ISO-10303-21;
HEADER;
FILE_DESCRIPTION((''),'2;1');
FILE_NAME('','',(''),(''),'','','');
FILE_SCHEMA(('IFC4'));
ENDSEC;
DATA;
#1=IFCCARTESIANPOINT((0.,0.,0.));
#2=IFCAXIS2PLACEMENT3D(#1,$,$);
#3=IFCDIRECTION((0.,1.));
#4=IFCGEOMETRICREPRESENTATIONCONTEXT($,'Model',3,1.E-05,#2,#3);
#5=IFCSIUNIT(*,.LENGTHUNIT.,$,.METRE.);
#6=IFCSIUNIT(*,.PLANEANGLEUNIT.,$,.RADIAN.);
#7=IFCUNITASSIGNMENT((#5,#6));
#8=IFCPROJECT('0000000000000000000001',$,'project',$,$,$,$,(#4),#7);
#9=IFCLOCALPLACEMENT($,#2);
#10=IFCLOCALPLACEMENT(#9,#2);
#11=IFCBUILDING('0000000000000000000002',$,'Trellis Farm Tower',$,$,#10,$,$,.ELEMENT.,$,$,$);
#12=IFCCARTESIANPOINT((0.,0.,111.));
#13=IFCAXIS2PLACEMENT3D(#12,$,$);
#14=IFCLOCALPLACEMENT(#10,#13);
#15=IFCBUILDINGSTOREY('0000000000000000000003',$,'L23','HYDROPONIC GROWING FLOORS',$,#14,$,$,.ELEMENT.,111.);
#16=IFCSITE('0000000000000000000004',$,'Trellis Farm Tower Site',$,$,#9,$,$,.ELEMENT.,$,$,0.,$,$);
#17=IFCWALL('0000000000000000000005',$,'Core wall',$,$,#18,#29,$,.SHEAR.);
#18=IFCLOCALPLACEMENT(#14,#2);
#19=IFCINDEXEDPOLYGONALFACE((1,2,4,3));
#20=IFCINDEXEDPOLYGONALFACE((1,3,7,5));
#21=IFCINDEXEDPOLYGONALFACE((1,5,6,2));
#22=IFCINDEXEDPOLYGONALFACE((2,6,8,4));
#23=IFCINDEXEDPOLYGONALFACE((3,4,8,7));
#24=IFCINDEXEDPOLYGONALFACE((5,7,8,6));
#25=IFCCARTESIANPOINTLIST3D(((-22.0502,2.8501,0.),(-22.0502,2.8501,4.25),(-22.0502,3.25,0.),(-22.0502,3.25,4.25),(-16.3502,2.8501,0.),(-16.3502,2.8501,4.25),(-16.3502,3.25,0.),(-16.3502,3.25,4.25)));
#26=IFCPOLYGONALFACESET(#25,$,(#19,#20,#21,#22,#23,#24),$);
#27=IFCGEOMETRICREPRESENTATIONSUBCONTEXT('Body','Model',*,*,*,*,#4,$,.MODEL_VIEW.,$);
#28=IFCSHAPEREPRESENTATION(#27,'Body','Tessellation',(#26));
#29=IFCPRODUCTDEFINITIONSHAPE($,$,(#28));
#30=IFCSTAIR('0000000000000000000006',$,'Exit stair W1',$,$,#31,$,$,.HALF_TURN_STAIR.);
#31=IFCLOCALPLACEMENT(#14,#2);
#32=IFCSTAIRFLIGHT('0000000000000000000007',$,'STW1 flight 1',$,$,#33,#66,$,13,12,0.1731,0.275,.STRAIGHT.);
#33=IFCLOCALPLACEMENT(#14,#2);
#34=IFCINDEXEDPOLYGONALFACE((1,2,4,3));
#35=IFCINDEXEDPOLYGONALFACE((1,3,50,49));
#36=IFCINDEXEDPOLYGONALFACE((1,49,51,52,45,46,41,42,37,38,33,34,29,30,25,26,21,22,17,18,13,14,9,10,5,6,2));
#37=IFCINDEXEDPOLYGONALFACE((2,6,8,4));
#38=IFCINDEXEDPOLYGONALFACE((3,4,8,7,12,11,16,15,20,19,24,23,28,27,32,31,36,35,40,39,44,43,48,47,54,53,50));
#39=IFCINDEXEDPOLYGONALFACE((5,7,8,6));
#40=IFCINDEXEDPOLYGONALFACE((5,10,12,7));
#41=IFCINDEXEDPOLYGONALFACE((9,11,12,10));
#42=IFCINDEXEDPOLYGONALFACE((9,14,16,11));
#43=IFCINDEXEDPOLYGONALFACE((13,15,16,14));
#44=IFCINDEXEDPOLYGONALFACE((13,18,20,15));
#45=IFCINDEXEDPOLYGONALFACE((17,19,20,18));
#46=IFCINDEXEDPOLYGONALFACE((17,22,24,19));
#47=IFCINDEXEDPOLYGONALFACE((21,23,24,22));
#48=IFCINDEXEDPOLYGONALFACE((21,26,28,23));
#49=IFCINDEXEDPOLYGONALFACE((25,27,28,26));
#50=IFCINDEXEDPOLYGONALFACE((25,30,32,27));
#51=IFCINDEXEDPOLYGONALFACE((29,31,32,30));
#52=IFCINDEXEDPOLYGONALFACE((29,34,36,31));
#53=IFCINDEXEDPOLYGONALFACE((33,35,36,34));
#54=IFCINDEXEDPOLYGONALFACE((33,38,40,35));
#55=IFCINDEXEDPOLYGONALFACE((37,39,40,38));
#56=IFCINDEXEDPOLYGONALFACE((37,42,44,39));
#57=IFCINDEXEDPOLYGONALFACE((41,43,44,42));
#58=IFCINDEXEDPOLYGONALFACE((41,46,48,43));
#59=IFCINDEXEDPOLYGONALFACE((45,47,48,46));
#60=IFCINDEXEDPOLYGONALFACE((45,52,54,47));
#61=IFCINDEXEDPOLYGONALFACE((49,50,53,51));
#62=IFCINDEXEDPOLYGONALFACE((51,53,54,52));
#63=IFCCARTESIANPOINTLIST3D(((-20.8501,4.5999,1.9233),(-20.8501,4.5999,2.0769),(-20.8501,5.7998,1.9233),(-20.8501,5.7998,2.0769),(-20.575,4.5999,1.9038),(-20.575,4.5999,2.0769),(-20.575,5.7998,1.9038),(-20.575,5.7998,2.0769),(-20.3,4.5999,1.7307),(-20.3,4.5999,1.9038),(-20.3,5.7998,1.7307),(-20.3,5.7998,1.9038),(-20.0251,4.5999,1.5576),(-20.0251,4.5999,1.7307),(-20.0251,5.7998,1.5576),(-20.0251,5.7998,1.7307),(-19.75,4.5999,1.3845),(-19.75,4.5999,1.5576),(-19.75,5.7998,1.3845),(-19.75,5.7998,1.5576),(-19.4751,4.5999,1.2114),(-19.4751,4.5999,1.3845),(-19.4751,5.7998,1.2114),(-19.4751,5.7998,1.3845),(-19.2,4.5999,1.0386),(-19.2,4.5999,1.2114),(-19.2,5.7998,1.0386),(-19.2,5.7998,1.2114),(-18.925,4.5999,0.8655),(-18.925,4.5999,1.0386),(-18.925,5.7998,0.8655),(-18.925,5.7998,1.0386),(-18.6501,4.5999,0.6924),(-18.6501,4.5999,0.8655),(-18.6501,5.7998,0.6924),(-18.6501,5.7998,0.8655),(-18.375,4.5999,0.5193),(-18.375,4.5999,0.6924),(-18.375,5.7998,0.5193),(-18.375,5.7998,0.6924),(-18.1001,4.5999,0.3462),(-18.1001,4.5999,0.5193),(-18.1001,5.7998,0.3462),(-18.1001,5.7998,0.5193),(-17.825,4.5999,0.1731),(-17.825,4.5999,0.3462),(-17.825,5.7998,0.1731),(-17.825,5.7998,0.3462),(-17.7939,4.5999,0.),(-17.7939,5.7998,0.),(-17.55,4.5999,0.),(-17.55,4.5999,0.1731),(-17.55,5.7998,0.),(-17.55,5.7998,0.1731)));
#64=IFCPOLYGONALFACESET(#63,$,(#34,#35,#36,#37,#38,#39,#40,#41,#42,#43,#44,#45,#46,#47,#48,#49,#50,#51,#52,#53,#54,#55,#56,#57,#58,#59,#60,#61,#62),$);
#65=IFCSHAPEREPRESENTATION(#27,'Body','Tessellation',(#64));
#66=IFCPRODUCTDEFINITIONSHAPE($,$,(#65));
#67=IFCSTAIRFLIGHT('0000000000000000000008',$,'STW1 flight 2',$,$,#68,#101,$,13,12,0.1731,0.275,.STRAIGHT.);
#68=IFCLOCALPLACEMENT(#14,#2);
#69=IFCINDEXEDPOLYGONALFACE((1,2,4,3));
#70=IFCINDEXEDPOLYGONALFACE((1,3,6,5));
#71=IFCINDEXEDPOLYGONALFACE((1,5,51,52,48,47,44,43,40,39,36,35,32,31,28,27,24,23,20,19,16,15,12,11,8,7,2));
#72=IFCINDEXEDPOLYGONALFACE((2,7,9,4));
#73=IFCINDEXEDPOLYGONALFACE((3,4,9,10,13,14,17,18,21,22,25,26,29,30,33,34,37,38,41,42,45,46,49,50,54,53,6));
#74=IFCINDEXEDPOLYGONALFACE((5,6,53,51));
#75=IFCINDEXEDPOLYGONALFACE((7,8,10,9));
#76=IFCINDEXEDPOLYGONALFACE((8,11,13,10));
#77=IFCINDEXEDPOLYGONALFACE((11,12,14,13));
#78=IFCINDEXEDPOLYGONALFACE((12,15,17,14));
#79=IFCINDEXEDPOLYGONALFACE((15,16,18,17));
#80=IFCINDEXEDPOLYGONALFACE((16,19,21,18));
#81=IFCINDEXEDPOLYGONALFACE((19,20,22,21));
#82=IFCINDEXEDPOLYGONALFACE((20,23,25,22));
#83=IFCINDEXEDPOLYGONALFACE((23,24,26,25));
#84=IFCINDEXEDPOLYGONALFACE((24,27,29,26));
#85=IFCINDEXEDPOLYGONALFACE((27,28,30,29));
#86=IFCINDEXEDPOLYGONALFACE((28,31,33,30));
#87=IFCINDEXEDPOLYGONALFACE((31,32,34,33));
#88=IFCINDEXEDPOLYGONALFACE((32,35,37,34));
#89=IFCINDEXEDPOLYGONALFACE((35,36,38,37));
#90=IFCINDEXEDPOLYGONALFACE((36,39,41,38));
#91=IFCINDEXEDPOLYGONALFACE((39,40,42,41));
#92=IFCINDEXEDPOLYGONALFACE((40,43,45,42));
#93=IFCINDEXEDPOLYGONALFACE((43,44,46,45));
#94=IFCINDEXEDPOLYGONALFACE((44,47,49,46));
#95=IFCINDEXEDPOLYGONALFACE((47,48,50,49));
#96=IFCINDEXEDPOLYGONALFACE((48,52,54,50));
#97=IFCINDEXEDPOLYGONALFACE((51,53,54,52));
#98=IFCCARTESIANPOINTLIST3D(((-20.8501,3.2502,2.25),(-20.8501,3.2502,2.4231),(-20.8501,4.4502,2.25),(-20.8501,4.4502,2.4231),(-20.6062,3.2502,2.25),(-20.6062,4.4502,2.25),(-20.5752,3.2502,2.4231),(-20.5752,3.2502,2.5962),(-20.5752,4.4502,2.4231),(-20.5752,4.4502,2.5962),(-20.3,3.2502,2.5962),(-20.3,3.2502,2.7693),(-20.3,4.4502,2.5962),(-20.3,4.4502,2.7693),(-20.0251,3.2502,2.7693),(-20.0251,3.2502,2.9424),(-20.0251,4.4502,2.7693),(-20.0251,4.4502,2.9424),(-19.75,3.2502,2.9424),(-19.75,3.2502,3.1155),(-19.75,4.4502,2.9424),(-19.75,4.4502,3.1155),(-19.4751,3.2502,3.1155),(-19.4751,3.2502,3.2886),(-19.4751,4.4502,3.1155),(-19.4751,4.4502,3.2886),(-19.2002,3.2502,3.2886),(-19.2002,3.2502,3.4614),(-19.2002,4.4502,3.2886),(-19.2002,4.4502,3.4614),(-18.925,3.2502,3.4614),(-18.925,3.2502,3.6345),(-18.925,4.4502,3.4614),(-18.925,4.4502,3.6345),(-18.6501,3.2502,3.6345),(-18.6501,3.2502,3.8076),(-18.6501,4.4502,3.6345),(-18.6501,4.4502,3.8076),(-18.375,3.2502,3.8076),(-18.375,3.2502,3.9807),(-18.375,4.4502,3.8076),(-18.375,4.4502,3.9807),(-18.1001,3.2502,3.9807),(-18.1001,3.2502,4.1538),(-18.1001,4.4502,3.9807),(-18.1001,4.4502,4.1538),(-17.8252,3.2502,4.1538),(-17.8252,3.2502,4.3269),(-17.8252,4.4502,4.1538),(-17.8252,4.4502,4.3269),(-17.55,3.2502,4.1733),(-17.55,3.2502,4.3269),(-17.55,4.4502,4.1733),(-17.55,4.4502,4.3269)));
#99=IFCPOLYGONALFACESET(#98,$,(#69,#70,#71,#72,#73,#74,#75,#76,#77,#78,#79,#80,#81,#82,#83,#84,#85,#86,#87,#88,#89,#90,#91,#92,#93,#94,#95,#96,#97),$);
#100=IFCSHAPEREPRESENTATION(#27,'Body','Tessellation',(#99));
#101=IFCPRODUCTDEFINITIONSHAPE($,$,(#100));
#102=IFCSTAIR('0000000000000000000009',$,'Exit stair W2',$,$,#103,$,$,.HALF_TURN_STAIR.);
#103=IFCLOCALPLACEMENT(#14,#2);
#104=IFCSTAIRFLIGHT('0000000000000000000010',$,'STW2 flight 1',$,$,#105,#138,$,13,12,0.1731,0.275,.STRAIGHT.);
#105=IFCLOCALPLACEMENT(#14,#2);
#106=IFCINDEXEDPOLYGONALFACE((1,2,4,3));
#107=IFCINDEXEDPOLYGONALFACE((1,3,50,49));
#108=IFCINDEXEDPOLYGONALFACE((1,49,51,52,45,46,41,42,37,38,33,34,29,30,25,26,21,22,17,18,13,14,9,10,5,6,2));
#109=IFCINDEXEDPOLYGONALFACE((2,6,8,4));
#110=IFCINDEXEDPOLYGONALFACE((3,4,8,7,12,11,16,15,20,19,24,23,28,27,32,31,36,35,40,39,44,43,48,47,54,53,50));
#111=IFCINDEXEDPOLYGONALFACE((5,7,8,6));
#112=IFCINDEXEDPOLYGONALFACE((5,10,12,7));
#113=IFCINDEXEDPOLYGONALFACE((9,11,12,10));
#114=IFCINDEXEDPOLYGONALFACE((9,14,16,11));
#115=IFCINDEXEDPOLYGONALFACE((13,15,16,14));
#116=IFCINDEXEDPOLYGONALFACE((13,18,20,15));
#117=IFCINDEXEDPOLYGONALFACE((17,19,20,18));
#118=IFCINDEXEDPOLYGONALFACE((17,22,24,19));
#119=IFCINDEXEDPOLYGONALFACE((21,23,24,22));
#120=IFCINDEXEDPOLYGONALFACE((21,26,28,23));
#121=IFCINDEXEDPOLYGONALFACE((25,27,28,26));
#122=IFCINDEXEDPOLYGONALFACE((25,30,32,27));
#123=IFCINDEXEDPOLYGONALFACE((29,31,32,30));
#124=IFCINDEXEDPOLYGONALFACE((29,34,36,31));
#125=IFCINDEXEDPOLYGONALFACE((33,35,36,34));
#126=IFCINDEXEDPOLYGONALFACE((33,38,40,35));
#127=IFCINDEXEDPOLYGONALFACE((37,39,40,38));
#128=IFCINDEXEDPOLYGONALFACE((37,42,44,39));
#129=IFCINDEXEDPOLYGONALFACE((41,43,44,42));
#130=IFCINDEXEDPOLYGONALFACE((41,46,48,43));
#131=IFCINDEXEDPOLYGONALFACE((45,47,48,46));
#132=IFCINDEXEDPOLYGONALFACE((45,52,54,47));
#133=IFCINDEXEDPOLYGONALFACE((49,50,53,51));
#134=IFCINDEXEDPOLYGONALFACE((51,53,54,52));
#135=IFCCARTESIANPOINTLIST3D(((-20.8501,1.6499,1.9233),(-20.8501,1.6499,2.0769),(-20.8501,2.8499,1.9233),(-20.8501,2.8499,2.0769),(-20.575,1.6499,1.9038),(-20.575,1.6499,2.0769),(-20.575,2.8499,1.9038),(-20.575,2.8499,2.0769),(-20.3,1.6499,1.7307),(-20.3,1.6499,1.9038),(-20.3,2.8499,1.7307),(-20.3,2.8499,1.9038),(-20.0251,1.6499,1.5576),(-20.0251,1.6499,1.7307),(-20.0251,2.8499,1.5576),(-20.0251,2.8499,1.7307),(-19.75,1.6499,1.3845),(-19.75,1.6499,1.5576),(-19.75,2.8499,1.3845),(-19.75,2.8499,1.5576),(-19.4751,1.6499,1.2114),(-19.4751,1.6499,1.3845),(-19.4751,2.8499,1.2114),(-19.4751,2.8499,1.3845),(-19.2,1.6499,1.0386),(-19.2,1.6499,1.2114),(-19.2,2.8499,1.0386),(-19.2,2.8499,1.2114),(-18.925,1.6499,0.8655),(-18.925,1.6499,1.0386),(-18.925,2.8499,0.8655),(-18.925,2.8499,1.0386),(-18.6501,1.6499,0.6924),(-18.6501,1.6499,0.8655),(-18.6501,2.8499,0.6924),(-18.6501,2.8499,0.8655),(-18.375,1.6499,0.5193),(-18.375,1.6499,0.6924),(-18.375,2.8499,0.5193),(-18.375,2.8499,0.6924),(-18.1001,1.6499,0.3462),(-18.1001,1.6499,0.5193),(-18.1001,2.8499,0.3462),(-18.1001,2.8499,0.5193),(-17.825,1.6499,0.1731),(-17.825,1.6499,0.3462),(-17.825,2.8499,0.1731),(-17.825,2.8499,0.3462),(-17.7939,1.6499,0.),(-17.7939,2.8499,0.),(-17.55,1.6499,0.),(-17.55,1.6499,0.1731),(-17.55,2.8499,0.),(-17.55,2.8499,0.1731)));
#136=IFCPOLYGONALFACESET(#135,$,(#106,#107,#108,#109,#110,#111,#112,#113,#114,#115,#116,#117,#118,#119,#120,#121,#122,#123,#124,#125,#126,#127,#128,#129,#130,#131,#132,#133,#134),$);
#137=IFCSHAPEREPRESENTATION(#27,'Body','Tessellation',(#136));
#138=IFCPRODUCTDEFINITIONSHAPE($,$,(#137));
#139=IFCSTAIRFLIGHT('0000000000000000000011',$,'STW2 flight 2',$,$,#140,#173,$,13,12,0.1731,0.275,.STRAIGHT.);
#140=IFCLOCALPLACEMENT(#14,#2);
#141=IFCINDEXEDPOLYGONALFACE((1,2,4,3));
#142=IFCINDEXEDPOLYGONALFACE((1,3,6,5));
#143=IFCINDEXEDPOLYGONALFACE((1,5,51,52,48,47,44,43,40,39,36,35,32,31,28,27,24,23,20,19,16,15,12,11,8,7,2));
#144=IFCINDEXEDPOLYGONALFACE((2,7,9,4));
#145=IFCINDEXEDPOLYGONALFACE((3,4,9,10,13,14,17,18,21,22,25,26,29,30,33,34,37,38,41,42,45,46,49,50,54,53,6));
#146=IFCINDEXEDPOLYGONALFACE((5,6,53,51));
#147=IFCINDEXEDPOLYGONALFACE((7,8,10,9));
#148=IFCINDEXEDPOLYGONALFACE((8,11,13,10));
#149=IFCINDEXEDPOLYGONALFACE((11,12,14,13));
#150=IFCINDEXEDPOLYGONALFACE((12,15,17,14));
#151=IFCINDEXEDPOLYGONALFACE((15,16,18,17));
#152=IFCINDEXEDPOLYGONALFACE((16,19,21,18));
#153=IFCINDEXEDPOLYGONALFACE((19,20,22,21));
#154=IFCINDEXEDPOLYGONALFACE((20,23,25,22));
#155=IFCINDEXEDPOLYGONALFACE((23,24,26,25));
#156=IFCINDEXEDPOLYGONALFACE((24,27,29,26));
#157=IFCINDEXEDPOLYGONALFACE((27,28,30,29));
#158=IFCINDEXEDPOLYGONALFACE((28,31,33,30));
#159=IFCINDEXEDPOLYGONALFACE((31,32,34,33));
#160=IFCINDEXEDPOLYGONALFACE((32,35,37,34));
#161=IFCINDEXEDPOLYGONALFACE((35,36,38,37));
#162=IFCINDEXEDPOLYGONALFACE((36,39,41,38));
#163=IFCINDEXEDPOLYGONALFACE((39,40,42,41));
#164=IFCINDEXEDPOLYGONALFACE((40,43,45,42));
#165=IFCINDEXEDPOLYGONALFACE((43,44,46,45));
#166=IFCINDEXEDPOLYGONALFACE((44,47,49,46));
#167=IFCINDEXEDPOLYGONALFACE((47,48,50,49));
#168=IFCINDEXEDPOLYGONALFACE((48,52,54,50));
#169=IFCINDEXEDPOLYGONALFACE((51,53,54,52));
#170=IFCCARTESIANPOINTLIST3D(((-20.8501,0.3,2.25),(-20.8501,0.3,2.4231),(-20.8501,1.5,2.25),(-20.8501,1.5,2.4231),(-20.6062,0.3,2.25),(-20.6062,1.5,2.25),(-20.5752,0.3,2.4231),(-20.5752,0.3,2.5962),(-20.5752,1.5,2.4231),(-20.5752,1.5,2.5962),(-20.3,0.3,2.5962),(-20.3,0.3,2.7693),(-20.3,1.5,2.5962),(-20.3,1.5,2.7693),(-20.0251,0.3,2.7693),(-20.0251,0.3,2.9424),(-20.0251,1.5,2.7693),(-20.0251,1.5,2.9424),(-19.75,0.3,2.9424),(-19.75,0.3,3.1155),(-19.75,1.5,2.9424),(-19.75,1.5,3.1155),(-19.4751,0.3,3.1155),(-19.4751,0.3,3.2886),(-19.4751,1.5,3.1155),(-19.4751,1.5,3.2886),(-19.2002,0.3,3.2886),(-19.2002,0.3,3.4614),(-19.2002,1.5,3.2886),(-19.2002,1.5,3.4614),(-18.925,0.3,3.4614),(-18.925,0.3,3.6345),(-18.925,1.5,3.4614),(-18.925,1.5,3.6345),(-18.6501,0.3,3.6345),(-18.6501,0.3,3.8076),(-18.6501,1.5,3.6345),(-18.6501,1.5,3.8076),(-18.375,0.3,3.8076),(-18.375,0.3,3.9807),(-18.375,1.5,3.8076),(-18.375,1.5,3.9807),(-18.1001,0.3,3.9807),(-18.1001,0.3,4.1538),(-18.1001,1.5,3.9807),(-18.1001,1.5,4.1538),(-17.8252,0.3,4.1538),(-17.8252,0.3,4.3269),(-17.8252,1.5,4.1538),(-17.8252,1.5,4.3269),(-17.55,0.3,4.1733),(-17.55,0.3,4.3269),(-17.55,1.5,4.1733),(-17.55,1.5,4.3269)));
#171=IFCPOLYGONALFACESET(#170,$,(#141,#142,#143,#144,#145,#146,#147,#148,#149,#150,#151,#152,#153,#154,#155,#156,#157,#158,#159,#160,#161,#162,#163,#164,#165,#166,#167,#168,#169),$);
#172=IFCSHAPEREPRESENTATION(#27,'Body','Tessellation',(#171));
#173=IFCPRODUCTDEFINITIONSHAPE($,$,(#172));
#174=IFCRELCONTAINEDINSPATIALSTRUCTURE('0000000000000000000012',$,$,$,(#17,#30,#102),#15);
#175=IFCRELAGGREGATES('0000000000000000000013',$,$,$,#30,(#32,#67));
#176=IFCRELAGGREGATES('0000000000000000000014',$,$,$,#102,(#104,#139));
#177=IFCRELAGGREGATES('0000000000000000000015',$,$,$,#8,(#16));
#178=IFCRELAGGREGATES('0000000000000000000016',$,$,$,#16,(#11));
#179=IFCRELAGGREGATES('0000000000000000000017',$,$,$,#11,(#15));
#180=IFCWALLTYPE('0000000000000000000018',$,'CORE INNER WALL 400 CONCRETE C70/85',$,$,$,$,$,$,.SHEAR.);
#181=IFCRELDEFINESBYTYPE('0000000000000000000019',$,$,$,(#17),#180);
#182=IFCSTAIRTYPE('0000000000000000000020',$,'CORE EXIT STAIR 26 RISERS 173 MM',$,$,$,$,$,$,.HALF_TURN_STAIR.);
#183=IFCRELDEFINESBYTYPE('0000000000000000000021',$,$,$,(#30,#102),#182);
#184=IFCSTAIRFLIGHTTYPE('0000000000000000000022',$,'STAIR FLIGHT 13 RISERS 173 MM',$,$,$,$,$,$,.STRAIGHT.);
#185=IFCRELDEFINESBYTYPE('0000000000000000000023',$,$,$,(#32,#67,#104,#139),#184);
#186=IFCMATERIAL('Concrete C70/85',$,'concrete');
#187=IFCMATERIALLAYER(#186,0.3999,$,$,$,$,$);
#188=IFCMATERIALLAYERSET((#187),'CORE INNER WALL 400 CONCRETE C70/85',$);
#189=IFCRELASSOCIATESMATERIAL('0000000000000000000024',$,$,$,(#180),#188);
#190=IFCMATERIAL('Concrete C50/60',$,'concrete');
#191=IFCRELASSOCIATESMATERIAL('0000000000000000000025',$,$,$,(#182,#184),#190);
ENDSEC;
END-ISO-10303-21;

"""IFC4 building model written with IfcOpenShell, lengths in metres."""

from ifc_helpers import new_model, si_unit, direction, frame, frame_2d, origin, place, context, subcontext, project, spatial, polyline, rectangle, outline, extrude, source, transform, mapped, material, layer, layer_set, type_object, element, aggregate, save


model = new_model("IFC4")

# Units and contexts
model_context = context("Model", 3, precision=1e-05, world=origin(), true_north=direction((0.0, 1.0)))
body_context = subcontext(model_context, "Body", "Model", "MODEL_VIEW")
ifc_project = project(units=[si_unit("LENGTHUNIT", "METRE"), si_unit("PLANEANGLEUNIT", "RADIAN")], contexts=[model_context])

# Site, building, storey
site_placement = place(None, origin())
site = spatial("IfcSite", under=ifc_project, at=site_placement, Name="Trellis Farm Tower Site", CompositionType="ELEMENT", RefElevation=0.0)
building_placement = place(site_placement, origin())
building = spatial("IfcBuilding", under=site, at=building_placement, Name="Trellis Farm Tower", CompositionType="ELEMENT")
storey_placement = place(building_placement, frame((0.0, 0.0, 111.0)))
storey = spatial("IfcBuildingStorey", under=building, at=storey_placement, Name="L23", Description="HYDROPONIC GROWING FLOORS", CompositionType="ELEMENT", Elevation=111.0)

# Shared definitions
placement = place(storey_placement, origin())

# Shared definitions
ifc_material_1 = material(Name="Concrete C70/85", Category="concrete")
ifc_layer_1 = layer(ifc_material_1, 0.3999)
ifc_layer_set_1 = layer_set([ifc_layer_1], Name="CORE INNER WALL 400 CONCRETE C70/85")
wall_type_1 = type_object("IfcWallType", Name="CORE INNER WALL 400 CONCRETE C70/85", PredefinedType="SHEAR", material=ifc_layer_set_1)

# Wall
shared_shape_1 = source(origin(), body_context, "Body", "SweptSolid", [
    extrude(rectangle(XDim=5.7, YDim=0.3999, at=frame_2d((2.8501, 0.0))), origin(), (0.0, 0.0, 1.0), 4.25),
])
wall_1_placement = place(storey_placement, frame((-16.3501, 3.05, 0.0), z_axis=(0.0, 0.0, 1.0), x_axis=(-1.0, 0.0, 0.0)))
element("IfcWall", 1, at=wall_1_placement, inside=storey, type_object=wall_type_1, Name="Core wall", PredefinedType="SHEAR", context=body_context, shape_type="MappedRepresentation", body=[
    mapped(shared_shape_1, transform((0.0, 0.0, 0.0))),
])

# Stairs, stair flights
ifc_material_2 = material(Name="Concrete C50/60", Category="concrete")
stair_type = type_object("IfcStairType", Name="CORE EXIT STAIR 26 RISERS 173 MM", PredefinedType="HALF_TURN_STAIR", material=ifc_material_2)
stair_1 = element("IfcStair", 2, at=placement, inside=storey, type_object=stair_type, Name="Exit stair W1", PredefinedType="HALF_TURN_STAIR")
stair_flight_type = type_object("IfcStairFlightType", Name="STAIR FLIGHT 13 RISERS 173 MM", PredefinedType="STRAIGHT", material=ifc_material_2)
shared_shape_2 = source(origin(), body_context, "Body", "SweptSolid", [
    extrude(outline(polyline([(0.0, 0.0), (0.0, 0.1731), (0.2749, 0.1731), (0.2749, 0.3462), (0.55, 0.3462), (0.55, 0.5193), (0.825, 0.5193), (0.825, 0.6924), (1.1001, 0.6924), (1.1001, 0.8655), (1.375, 0.8655), (1.375, 1.0386), (1.6499, 1.0386), (1.6499, 1.2114), (1.925, 1.2114), (1.925, 1.3845), (2.2, 1.3845), (2.2, 1.5576), (2.4751, 1.5576), (2.4751, 1.7307), (2.75, 1.7307), (2.75, 1.9038), (3.0249, 1.9038), (3.0249, 2.0769), (3.3, 2.0769), (3.3, 2.25), (3.3, 1.9233), (0.2439, 0.0), (0.0, 0.0)])), frame((0.0, 0.6001, 0.0), z_axis=(0.0, -1.0, 0.0), x_axis=(1.0, 0.0, 0.0)), (0.0, 0.0, 1.0), 1.2),
])
stair_flight_1_placement = place(storey_placement, frame((-17.55, 5.2, 0.0), z_axis=(0.0, 0.0, 1.0), x_axis=(-1.0, 0.0, 0.0)))
stair_flight_1 = element("IfcStairFlight", 3, at=stair_flight_1_placement, type_object=stair_flight_type, Name="STW1 flight 1", NumberOfRisers=13, NumberOfTreads=12, PredefinedType="STRAIGHT", RiserHeight=0.1731, TreadLength=0.275, context=body_context, shape_type="MappedRepresentation", body=[
    mapped(shared_shape_2, transform((0.0, 0.0, 0.0))),
])
stair_flight_2_placement = place(storey_placement, frame((-20.8501, 3.8501, 2.25), z_axis=(0.0, 0.0, 1.0), x_axis=(1.0, 0.0, 0.0)))
stair_flight_2 = element("IfcStairFlight", 4, at=stair_flight_2_placement, type_object=stair_flight_type, Name="STW1 flight 2", NumberOfRisers=13, NumberOfTreads=12, PredefinedType="STRAIGHT", RiserHeight=0.1731, TreadLength=0.275, context=body_context, shape_type="MappedRepresentation", body=[
    mapped(shared_shape_2, transform((0.0, 0.0, 0.0))),
])
aggregate(stair_1, [stair_flight_1, stair_flight_2])
stair_2 = element("IfcStair", 5, at=placement, inside=storey, type_object=stair_type, Name="Exit stair W2", PredefinedType="HALF_TURN_STAIR")
stair_flight_3_placement = place(storey_placement, frame((-17.55, 2.25, 0.0), z_axis=(0.0, 0.0, 1.0), x_axis=(-1.0, 0.0, 0.0)))
stair_flight_3 = element("IfcStairFlight", 6, at=stair_flight_3_placement, type_object=stair_flight_type, Name="STW2 flight 1", NumberOfRisers=13, NumberOfTreads=12, PredefinedType="STRAIGHT", RiserHeight=0.1731, TreadLength=0.275, context=body_context, shape_type="MappedRepresentation", body=[
    mapped(shared_shape_2, transform((0.0, 0.0, 0.0))),
])
stair_flight_4_placement = place(storey_placement, frame((-20.8501, 0.8999, 2.25), z_axis=(0.0, 0.0, 1.0), x_axis=(1.0, 0.0, 0.0)))
stair_flight_4 = element("IfcStairFlight", 7, at=stair_flight_4_placement, type_object=stair_flight_type, Name="STW2 flight 2", NumberOfRisers=13, NumberOfTreads=12, PredefinedType="STRAIGHT", RiserHeight=0.1731, TreadLength=0.275, context=body_context, shape_type="MappedRepresentation", body=[
    mapped(shared_shape_2, transform((0.0, 0.0, 0.0))),
])
aggregate(stair_2, [stair_flight_3, stair_flight_4])

save(model, "model.ifc")
